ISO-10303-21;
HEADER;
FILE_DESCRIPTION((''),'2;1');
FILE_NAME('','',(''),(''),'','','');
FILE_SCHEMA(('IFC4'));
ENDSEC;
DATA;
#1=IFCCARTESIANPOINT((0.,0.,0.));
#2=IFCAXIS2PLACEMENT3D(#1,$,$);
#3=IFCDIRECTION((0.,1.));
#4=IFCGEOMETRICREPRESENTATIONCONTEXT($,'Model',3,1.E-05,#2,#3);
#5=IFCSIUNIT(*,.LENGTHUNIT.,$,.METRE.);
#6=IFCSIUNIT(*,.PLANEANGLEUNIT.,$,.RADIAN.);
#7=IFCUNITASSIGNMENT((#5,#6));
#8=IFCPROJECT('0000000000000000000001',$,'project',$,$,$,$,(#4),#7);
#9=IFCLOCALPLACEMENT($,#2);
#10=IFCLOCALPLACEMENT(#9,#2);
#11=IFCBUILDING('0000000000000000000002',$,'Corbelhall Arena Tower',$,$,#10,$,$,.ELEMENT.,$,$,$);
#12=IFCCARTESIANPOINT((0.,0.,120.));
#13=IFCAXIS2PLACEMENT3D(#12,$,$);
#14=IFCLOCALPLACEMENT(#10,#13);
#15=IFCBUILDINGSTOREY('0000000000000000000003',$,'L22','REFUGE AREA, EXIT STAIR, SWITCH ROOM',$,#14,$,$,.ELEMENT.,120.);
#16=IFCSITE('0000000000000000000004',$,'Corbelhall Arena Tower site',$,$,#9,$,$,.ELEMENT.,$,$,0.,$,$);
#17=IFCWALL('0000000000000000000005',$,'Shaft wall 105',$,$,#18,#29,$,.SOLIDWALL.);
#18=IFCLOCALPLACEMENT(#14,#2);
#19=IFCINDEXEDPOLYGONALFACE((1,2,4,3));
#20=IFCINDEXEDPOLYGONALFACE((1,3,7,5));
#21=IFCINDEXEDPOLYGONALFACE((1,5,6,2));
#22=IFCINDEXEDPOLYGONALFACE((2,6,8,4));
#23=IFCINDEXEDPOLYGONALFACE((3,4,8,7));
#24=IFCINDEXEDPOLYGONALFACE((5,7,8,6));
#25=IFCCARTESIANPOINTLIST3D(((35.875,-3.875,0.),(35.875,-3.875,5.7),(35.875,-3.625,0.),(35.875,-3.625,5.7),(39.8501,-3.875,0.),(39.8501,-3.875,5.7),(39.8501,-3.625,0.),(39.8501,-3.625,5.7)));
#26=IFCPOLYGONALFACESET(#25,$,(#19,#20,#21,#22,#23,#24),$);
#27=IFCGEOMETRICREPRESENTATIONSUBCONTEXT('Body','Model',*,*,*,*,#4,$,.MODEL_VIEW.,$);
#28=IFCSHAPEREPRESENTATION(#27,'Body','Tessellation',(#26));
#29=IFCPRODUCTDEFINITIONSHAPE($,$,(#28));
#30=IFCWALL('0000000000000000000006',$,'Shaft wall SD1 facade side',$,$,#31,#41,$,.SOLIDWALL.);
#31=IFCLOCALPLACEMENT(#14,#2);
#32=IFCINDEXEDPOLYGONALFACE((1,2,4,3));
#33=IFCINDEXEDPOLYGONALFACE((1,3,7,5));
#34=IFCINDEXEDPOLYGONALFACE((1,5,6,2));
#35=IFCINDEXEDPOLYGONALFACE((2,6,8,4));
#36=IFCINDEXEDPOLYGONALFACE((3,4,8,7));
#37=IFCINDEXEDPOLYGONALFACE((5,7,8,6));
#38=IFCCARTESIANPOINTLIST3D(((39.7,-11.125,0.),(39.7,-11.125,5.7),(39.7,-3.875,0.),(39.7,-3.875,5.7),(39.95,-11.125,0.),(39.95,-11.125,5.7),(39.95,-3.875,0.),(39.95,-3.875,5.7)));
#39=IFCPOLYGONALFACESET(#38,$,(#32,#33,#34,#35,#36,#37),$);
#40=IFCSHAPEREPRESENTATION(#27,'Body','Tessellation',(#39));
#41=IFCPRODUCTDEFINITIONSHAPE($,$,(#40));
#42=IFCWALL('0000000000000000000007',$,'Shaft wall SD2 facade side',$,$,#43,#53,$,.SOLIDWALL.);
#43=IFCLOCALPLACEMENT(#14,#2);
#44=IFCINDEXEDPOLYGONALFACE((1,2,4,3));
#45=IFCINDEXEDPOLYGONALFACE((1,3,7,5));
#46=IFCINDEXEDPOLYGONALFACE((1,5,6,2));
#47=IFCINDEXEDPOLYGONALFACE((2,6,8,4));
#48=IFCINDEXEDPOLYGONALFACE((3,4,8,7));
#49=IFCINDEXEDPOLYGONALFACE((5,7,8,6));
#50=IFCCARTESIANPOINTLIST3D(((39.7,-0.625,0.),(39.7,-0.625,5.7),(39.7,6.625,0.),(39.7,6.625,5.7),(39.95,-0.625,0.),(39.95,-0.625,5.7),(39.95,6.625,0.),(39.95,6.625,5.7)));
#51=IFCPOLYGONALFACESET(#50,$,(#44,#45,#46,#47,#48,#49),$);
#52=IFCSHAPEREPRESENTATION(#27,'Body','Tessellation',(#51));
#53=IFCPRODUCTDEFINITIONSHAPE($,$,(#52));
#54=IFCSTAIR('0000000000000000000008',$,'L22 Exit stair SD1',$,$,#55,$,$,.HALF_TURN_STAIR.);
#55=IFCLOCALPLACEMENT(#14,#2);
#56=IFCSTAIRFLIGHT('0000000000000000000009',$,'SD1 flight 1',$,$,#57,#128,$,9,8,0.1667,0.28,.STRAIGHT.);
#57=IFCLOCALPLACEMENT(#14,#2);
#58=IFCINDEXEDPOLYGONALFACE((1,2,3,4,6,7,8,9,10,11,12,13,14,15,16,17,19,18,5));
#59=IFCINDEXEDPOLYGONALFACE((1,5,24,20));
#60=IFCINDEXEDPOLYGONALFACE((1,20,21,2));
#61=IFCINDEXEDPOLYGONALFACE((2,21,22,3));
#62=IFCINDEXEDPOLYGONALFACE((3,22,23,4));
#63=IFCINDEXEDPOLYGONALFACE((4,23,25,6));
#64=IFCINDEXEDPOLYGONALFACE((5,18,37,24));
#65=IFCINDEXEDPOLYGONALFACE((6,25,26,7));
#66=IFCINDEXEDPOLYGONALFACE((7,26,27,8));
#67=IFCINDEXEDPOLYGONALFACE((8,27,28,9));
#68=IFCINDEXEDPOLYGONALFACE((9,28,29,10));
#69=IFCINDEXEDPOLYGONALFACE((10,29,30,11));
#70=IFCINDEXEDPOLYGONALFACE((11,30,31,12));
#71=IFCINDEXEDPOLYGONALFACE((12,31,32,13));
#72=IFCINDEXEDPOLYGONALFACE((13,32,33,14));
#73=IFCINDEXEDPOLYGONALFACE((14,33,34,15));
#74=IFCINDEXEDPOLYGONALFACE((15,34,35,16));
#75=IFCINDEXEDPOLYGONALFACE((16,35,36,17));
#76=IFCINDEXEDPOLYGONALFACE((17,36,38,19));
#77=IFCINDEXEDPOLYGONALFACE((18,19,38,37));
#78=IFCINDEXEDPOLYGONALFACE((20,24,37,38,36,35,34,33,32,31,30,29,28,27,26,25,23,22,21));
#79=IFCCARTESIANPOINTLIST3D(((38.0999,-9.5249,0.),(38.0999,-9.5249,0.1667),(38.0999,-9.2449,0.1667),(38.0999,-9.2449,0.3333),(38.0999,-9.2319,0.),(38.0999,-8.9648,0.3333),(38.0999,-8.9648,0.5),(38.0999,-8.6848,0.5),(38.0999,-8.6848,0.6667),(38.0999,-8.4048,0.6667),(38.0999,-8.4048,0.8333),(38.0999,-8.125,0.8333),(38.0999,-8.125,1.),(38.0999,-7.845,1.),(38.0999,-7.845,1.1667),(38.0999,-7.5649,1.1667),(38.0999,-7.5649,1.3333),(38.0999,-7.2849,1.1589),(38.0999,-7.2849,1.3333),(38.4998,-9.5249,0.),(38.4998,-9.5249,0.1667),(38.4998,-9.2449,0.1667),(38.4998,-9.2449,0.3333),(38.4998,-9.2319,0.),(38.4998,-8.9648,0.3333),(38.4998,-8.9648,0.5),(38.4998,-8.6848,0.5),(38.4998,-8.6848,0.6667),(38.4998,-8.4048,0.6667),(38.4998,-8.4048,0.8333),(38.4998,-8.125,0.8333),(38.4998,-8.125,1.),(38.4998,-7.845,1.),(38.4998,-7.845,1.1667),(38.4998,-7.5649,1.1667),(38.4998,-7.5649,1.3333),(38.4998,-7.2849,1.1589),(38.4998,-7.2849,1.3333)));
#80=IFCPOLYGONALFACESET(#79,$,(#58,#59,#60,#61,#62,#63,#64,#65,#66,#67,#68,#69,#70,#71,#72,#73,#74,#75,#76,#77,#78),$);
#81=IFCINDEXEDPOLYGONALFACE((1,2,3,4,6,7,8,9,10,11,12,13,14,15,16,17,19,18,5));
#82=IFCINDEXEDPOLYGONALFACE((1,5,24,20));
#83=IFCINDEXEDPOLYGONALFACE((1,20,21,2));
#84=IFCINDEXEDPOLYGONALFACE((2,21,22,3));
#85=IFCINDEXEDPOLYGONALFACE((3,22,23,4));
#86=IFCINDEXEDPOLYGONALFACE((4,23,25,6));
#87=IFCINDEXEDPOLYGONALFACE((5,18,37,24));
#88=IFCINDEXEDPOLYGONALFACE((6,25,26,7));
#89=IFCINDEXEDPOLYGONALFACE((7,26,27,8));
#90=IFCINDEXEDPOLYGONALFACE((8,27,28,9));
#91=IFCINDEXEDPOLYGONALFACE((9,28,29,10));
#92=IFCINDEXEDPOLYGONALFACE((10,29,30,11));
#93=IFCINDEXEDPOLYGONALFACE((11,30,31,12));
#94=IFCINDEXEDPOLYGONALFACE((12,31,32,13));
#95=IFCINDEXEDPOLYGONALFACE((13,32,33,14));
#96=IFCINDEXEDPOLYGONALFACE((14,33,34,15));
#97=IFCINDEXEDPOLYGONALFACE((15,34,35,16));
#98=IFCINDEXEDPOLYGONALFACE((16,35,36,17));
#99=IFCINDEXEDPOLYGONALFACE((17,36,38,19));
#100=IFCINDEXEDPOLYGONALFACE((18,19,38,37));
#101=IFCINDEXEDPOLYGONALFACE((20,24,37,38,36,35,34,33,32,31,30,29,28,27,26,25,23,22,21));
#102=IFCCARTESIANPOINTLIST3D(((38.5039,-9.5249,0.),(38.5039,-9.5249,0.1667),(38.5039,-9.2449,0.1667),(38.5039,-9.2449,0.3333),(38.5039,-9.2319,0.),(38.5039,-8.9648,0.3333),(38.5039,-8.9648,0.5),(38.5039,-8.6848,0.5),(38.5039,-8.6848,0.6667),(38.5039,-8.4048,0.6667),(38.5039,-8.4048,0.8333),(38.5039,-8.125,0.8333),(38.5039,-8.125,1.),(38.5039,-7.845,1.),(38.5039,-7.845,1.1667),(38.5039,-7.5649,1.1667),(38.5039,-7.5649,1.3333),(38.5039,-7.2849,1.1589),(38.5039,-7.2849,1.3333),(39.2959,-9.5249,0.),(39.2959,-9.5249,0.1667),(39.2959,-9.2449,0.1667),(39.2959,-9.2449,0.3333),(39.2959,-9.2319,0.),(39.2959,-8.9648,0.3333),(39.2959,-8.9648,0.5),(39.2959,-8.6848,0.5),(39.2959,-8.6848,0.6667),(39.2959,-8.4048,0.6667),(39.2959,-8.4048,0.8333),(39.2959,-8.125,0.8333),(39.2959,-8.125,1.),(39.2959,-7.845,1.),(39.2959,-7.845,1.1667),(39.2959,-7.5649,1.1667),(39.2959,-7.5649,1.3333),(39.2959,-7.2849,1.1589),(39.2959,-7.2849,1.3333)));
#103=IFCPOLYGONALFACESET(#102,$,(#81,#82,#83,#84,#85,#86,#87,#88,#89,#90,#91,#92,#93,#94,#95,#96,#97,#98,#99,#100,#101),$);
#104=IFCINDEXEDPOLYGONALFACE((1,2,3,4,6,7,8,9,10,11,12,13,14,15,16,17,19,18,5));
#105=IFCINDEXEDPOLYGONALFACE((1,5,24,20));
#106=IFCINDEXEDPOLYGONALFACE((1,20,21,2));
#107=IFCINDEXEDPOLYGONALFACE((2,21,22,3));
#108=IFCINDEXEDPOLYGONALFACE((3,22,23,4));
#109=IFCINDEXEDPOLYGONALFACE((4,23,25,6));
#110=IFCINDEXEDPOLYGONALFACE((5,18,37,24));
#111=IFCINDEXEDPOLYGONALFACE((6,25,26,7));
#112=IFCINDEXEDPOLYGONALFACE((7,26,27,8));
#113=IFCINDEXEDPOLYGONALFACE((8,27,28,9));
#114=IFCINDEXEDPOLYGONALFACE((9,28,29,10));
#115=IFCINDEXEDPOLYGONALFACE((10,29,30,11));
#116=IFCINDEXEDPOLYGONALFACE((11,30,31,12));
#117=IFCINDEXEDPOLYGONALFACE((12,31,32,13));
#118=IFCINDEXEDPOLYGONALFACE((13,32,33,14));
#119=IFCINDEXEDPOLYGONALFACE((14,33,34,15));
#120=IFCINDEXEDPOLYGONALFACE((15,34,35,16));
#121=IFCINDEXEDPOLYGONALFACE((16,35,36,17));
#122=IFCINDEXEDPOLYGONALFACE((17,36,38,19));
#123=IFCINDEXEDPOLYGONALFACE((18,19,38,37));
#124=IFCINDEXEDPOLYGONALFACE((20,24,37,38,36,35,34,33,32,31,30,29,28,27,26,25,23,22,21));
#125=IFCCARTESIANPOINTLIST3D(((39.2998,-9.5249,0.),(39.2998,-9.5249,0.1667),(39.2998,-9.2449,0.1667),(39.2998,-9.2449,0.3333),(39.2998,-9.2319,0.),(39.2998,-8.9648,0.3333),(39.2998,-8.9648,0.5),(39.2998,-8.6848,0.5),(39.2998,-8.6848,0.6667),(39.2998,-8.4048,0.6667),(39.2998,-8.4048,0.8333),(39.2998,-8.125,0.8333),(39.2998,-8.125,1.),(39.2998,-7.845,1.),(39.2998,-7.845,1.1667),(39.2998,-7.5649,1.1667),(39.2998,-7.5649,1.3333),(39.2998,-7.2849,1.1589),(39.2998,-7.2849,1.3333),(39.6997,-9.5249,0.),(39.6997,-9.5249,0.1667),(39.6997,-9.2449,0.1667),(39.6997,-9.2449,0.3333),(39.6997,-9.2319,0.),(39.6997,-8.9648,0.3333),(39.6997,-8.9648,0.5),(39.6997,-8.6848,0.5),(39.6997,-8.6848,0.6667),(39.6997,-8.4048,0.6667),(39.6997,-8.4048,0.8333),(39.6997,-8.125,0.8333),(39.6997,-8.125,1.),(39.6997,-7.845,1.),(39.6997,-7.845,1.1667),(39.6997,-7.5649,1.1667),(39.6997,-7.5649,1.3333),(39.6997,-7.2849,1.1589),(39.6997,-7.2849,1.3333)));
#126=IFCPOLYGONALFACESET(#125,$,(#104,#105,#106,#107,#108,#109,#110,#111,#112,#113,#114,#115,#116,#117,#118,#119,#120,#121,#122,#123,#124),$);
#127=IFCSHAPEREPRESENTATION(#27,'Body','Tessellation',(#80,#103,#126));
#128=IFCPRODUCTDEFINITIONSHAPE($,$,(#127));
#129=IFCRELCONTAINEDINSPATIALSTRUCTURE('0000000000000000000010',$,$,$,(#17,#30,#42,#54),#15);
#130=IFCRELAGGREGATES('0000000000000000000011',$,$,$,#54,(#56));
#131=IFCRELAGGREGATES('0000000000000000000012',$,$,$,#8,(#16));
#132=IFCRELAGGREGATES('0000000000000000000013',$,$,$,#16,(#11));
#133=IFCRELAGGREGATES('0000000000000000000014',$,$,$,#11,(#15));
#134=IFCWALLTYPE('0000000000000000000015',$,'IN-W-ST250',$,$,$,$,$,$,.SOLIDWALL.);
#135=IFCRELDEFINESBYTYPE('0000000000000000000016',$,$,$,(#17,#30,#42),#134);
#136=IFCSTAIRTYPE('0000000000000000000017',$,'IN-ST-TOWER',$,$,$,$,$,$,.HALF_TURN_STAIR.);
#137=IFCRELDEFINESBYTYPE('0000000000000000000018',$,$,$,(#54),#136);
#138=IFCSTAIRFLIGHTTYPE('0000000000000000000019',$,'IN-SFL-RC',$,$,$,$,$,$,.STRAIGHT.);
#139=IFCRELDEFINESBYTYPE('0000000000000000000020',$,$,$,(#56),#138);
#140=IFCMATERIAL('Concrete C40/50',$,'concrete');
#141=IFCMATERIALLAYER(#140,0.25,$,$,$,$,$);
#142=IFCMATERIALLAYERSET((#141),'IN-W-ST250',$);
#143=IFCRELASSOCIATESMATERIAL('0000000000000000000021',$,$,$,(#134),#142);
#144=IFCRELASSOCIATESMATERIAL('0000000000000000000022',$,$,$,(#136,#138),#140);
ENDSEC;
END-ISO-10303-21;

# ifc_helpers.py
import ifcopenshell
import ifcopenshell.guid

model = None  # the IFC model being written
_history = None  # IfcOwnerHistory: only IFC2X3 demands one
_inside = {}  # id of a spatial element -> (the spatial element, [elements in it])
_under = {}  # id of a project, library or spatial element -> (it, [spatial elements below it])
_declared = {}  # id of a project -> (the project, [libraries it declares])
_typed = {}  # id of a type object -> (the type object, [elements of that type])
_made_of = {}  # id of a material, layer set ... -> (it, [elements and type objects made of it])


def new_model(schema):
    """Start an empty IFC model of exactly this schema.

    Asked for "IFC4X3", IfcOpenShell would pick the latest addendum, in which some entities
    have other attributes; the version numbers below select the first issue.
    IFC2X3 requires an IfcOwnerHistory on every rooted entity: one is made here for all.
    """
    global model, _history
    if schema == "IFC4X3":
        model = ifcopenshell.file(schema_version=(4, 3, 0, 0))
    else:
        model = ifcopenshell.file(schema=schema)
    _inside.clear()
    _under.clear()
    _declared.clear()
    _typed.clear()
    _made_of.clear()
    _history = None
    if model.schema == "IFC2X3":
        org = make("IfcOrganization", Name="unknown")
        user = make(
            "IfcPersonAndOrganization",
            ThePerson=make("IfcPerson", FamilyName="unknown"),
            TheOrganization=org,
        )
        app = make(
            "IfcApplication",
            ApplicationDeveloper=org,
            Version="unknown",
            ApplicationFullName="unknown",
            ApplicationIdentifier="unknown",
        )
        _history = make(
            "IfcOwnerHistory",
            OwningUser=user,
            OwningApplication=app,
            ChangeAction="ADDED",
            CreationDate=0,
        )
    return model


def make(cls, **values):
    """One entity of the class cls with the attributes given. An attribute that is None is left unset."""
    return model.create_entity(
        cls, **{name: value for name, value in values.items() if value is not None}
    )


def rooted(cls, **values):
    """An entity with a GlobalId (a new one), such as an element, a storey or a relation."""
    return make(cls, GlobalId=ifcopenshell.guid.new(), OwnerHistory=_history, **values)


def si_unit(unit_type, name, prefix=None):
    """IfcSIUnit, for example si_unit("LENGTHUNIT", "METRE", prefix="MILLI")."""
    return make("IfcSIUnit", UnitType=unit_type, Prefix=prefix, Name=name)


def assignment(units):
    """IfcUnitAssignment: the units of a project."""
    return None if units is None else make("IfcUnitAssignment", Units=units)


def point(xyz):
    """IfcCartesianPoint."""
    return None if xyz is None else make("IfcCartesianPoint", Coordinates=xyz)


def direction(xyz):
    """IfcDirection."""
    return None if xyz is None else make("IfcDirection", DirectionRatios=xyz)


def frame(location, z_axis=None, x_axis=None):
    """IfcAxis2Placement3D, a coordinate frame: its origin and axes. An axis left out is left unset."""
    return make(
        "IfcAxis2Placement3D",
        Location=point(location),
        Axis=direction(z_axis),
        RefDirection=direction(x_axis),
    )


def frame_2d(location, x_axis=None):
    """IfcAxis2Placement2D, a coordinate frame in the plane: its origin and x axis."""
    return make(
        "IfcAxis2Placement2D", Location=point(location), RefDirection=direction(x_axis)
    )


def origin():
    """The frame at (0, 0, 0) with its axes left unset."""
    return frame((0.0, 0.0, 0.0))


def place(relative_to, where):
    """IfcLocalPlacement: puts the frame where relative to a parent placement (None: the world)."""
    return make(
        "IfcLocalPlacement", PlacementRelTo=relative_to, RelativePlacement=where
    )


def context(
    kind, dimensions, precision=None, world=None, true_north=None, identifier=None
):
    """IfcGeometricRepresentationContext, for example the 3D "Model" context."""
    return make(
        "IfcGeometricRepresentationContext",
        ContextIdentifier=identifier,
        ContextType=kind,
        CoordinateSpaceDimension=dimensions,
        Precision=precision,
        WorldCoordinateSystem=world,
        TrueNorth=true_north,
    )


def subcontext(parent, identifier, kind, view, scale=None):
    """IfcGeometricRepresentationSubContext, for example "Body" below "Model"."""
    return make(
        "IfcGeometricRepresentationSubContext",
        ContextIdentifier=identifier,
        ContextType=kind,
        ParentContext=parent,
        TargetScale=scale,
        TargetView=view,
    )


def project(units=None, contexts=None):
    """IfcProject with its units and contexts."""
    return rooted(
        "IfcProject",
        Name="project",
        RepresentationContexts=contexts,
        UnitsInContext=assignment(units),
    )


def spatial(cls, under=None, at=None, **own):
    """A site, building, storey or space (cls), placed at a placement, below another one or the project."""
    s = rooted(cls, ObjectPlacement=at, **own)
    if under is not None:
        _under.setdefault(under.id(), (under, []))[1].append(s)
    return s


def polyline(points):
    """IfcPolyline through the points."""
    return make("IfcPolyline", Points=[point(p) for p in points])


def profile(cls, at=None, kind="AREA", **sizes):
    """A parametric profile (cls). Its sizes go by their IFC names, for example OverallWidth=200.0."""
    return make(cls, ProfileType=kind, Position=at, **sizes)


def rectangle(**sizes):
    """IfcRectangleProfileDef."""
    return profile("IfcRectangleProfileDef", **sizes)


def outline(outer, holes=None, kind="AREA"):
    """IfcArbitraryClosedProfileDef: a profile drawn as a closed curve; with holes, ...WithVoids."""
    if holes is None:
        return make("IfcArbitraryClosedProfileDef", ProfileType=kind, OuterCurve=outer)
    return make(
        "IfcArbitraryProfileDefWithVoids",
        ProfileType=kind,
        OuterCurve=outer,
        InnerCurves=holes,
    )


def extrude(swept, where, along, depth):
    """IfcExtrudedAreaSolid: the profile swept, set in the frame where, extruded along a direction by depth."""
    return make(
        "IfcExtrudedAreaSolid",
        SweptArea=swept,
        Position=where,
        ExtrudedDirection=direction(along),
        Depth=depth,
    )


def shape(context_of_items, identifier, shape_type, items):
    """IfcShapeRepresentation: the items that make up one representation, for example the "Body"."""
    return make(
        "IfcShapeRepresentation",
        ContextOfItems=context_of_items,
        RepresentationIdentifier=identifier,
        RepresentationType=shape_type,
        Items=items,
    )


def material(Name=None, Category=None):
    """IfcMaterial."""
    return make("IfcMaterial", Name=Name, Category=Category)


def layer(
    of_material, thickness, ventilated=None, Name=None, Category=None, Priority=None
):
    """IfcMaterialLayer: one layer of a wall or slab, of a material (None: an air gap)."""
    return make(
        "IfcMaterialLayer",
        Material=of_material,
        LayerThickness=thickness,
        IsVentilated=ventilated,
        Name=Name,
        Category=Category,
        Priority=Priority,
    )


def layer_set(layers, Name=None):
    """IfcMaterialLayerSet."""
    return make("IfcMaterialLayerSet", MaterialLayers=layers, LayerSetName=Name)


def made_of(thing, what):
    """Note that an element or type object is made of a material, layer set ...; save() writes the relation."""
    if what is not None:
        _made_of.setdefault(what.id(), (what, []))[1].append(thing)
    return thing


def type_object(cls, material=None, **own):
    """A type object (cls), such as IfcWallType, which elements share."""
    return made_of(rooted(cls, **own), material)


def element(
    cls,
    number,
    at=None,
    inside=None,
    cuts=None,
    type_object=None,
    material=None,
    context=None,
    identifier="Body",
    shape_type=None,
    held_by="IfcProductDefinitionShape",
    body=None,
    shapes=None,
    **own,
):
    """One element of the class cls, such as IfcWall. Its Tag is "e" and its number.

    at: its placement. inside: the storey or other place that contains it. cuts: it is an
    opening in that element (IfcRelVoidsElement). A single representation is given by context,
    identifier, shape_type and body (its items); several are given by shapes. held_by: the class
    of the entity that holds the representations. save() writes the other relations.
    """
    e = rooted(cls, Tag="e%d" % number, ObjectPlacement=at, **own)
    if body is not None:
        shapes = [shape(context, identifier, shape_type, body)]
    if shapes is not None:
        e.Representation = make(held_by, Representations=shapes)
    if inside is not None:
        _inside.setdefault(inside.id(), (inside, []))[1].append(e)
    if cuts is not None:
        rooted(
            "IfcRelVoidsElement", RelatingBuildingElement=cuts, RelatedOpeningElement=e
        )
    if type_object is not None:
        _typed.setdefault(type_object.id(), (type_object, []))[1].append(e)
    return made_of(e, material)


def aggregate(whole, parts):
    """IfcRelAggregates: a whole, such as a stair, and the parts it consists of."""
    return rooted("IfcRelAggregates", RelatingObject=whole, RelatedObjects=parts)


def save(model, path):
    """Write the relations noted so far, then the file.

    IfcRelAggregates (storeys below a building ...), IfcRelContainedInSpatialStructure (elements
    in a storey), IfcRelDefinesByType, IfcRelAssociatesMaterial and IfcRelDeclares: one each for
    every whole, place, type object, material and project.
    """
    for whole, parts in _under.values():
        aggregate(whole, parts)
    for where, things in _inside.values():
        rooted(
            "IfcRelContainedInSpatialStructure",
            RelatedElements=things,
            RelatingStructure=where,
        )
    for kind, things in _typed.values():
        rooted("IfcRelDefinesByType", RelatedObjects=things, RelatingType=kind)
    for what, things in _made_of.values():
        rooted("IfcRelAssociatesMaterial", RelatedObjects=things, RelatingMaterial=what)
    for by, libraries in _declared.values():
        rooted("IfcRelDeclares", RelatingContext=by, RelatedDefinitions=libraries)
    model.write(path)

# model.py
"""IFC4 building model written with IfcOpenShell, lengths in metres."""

from ifc_helpers import new_model, si_unit, direction, frame, frame_2d, origin, place, context, subcontext, project, spatial, polyline, rectangle, outline, extrude, material, layer, layer_set, type_object, element, aggregate, save


model = new_model("IFC4")

# Units and contexts
model_context = context("Model", 3, precision=1e-05, world=origin(), true_north=direction((0.0, 1.0)))
body_context = subcontext(model_context, "Body", "Model", "MODEL_VIEW")
ifc_project = project(units=[si_unit("LENGTHUNIT", "METRE"), si_unit("PLANEANGLEUNIT", "RADIAN")], contexts=[model_context])

# Site, building, storey
site_placement = place(None, origin())
site = spatial("IfcSite", under=ifc_project, at=site_placement, Name="Corbelhall Arena Tower site", CompositionType="ELEMENT", RefElevation=0.0)
building_placement = place(site_placement, origin())
building = spatial("IfcBuilding", under=site, at=building_placement, Name="Corbelhall Arena Tower", CompositionType="ELEMENT")
storey_placement = place(building_placement, frame((0.0, 0.0, 120.0)))
storey = spatial("IfcBuildingStorey", under=building, at=storey_placement, Name="L22", Description="REFUGE AREA, EXIT STAIR, SWITCH ROOM", CompositionType="ELEMENT", Elevation=120.0)

# Walls
ifc_material_1 = material(Name="Concrete C40/50", Category="concrete")
ifc_layer_1 = layer(ifc_material_1, 0.25)
ifc_layer_set_1 = layer_set([ifc_layer_1], Name="IN-W-ST250")
wall_type_1 = type_object("IfcWallType", Name="IN-W-ST250", PredefinedType="SOLIDWALL", material=ifc_layer_set_1)
wall_1_placement = place(storey_placement, frame((39.8501, -3.75, 0.0), z_axis=(0.0, 0.0, 1.0), x_axis=(-1.0, 0.0, 0.0)))
element("IfcWall", 1, at=wall_1_placement, inside=storey, type_object=wall_type_1, Name="Shaft wall 105", PredefinedType="SOLIDWALL", context=body_context, shape_type="SweptSolid", body=[
    extrude(rectangle(XDim=3.9751, YDim=0.25, at=frame_2d((1.9875, 0.0))), origin(), (0.0, 0.0, 1.0), 5.7),
])
for number, where, z_axis, x_axis, name in (
    (2, (39.825, -11.125, 0.0), (0.0, 0.0, 1.0), (0.0, 1.0, 0.0), "Shaft wall SD1 facade side"),
    (3, (39.825, -0.625, 0.0), (0.0, 0.0, 1.0), (0.0, 1.0, 0.0), "Shaft wall SD2 facade side"),
):
    element("IfcWall", number, at=place(storey_placement, frame(where, z_axis=z_axis, x_axis=x_axis)), inside=storey, type_object=wall_type_1, Name=name, PredefinedType="SOLIDWALL", context=body_context, shape_type="SweptSolid", body=[
        extrude(rectangle(XDim=7.25, YDim=0.25, at=frame_2d((3.625, 0.0))), origin(), (0.0, 0.0, 1.0), 5.7),
    ])

# Stair, stair flight
stair_type = type_object("IfcStairType", Name="IN-ST-TOWER", PredefinedType="HALF_TURN_STAIR", material=ifc_material_1)
stair_placement = place(storey_placement, origin())
stair = element("IfcStair", 4, at=stair_placement, inside=storey, type_object=stair_type, Name="L22 Exit stair SD1", PredefinedType="HALF_TURN_STAIR")
stair_flight_type = type_object("IfcStairFlightType", Name="IN-SFL-RC", PredefinedType="STRAIGHT", material=ifc_material_1)
stair_flight_1_placement = place(storey_placement, frame((38.8999, -9.5249, 0.0), z_axis=(0.0, 0.0, 1.0), x_axis=(0.0, 1.0, 0.0)))
stair_flight_1 = element("IfcStairFlight", 5, at=stair_flight_1_placement, type_object=stair_flight_type, Name="SD1 flight 1", NumberOfRisers=9, NumberOfTreads=8, PredefinedType="STRAIGHT", RiserHeight=0.1667, TreadLength=0.28, context=body_context, shape_type="SweptSolid", body=[
    extrude(outline(polyline([(0.0, 0.0), (0.0, 0.1667), (0.28, 0.1667), (0.28, 0.3333), (0.5601, 0.3333), (0.5601, 0.5), (0.8401, 0.5), (0.8401, 0.6667), (1.1201, 0.6667), (1.1201, 0.8333), (1.3999, 0.8333), (1.3999, 1.0), (1.6799, 1.0), (1.6799, 1.1667), (1.96, 1.1667), (1.96, 1.3333), (2.24, 1.3333), (2.24, 1.5), (2.24, 1.1589), (0.293, 0.0), (0.0, 0.0)])), frame((0.0, 0.8, 0.0), z_axis=(0.0, -1.0, 0.0), x_axis=(1.0, 0.0, 0.0)), (0.0, 0.0, 1.0), 0.3999),
    extrude(outline(polyline([(0.0, 0.0), (0.0, 0.1667), (0.28, 0.1667), (0.28, 0.3333), (0.5601, 0.3333), (0.5601, 0.5), (0.8401, 0.5), (0.8401, 0.6667), (1.1201, 0.6667), (1.1201, 0.8333), (1.3999, 0.8333), (1.3999, 1.0), (1.6799, 1.0), (1.6799, 1.1667), (1.96, 1.1667), (1.96, 1.3333), (2.24, 1.3333), (2.24, 1.5), (2.24, 1.1589), (0.293, 0.0), (0.0, 0.0)])), frame((0.0, 0.396, 0.0), z_axis=(0.0, -1.0, 0.0), x_axis=(1.0, 0.0, 0.0)), (0.0, 0.0, 1.0), 0.792),
    extrude(outline(polyline([(0.0, 0.0), (0.0, 0.1667), (0.28, 0.1667), (0.28, 0.3333), (0.5601, 0.3333), (0.5601, 0.5), (0.8401, 0.5), (0.8401, 0.6667), (1.1201, 0.6667), (1.1201, 0.8333), (1.3999, 0.8333), (1.3999, 1.0), (1.6799, 1.0), (1.6799, 1.1667), (1.96, 1.1667), (1.96, 1.3333), (2.24, 1.3333), (2.24, 1.5), (2.24, 1.1589), (0.293, 0.0), (0.0, 0.0)])), frame((0.0, -0.3999, 0.0), z_axis=(0.0, -1.0, 0.0), x_axis=(1.0, 0.0, 0.0)), (0.0, 0.0, 1.0), 0.3999),
])
aggregate(stair, [stair_flight_1])

save(model, "model.ifc")
